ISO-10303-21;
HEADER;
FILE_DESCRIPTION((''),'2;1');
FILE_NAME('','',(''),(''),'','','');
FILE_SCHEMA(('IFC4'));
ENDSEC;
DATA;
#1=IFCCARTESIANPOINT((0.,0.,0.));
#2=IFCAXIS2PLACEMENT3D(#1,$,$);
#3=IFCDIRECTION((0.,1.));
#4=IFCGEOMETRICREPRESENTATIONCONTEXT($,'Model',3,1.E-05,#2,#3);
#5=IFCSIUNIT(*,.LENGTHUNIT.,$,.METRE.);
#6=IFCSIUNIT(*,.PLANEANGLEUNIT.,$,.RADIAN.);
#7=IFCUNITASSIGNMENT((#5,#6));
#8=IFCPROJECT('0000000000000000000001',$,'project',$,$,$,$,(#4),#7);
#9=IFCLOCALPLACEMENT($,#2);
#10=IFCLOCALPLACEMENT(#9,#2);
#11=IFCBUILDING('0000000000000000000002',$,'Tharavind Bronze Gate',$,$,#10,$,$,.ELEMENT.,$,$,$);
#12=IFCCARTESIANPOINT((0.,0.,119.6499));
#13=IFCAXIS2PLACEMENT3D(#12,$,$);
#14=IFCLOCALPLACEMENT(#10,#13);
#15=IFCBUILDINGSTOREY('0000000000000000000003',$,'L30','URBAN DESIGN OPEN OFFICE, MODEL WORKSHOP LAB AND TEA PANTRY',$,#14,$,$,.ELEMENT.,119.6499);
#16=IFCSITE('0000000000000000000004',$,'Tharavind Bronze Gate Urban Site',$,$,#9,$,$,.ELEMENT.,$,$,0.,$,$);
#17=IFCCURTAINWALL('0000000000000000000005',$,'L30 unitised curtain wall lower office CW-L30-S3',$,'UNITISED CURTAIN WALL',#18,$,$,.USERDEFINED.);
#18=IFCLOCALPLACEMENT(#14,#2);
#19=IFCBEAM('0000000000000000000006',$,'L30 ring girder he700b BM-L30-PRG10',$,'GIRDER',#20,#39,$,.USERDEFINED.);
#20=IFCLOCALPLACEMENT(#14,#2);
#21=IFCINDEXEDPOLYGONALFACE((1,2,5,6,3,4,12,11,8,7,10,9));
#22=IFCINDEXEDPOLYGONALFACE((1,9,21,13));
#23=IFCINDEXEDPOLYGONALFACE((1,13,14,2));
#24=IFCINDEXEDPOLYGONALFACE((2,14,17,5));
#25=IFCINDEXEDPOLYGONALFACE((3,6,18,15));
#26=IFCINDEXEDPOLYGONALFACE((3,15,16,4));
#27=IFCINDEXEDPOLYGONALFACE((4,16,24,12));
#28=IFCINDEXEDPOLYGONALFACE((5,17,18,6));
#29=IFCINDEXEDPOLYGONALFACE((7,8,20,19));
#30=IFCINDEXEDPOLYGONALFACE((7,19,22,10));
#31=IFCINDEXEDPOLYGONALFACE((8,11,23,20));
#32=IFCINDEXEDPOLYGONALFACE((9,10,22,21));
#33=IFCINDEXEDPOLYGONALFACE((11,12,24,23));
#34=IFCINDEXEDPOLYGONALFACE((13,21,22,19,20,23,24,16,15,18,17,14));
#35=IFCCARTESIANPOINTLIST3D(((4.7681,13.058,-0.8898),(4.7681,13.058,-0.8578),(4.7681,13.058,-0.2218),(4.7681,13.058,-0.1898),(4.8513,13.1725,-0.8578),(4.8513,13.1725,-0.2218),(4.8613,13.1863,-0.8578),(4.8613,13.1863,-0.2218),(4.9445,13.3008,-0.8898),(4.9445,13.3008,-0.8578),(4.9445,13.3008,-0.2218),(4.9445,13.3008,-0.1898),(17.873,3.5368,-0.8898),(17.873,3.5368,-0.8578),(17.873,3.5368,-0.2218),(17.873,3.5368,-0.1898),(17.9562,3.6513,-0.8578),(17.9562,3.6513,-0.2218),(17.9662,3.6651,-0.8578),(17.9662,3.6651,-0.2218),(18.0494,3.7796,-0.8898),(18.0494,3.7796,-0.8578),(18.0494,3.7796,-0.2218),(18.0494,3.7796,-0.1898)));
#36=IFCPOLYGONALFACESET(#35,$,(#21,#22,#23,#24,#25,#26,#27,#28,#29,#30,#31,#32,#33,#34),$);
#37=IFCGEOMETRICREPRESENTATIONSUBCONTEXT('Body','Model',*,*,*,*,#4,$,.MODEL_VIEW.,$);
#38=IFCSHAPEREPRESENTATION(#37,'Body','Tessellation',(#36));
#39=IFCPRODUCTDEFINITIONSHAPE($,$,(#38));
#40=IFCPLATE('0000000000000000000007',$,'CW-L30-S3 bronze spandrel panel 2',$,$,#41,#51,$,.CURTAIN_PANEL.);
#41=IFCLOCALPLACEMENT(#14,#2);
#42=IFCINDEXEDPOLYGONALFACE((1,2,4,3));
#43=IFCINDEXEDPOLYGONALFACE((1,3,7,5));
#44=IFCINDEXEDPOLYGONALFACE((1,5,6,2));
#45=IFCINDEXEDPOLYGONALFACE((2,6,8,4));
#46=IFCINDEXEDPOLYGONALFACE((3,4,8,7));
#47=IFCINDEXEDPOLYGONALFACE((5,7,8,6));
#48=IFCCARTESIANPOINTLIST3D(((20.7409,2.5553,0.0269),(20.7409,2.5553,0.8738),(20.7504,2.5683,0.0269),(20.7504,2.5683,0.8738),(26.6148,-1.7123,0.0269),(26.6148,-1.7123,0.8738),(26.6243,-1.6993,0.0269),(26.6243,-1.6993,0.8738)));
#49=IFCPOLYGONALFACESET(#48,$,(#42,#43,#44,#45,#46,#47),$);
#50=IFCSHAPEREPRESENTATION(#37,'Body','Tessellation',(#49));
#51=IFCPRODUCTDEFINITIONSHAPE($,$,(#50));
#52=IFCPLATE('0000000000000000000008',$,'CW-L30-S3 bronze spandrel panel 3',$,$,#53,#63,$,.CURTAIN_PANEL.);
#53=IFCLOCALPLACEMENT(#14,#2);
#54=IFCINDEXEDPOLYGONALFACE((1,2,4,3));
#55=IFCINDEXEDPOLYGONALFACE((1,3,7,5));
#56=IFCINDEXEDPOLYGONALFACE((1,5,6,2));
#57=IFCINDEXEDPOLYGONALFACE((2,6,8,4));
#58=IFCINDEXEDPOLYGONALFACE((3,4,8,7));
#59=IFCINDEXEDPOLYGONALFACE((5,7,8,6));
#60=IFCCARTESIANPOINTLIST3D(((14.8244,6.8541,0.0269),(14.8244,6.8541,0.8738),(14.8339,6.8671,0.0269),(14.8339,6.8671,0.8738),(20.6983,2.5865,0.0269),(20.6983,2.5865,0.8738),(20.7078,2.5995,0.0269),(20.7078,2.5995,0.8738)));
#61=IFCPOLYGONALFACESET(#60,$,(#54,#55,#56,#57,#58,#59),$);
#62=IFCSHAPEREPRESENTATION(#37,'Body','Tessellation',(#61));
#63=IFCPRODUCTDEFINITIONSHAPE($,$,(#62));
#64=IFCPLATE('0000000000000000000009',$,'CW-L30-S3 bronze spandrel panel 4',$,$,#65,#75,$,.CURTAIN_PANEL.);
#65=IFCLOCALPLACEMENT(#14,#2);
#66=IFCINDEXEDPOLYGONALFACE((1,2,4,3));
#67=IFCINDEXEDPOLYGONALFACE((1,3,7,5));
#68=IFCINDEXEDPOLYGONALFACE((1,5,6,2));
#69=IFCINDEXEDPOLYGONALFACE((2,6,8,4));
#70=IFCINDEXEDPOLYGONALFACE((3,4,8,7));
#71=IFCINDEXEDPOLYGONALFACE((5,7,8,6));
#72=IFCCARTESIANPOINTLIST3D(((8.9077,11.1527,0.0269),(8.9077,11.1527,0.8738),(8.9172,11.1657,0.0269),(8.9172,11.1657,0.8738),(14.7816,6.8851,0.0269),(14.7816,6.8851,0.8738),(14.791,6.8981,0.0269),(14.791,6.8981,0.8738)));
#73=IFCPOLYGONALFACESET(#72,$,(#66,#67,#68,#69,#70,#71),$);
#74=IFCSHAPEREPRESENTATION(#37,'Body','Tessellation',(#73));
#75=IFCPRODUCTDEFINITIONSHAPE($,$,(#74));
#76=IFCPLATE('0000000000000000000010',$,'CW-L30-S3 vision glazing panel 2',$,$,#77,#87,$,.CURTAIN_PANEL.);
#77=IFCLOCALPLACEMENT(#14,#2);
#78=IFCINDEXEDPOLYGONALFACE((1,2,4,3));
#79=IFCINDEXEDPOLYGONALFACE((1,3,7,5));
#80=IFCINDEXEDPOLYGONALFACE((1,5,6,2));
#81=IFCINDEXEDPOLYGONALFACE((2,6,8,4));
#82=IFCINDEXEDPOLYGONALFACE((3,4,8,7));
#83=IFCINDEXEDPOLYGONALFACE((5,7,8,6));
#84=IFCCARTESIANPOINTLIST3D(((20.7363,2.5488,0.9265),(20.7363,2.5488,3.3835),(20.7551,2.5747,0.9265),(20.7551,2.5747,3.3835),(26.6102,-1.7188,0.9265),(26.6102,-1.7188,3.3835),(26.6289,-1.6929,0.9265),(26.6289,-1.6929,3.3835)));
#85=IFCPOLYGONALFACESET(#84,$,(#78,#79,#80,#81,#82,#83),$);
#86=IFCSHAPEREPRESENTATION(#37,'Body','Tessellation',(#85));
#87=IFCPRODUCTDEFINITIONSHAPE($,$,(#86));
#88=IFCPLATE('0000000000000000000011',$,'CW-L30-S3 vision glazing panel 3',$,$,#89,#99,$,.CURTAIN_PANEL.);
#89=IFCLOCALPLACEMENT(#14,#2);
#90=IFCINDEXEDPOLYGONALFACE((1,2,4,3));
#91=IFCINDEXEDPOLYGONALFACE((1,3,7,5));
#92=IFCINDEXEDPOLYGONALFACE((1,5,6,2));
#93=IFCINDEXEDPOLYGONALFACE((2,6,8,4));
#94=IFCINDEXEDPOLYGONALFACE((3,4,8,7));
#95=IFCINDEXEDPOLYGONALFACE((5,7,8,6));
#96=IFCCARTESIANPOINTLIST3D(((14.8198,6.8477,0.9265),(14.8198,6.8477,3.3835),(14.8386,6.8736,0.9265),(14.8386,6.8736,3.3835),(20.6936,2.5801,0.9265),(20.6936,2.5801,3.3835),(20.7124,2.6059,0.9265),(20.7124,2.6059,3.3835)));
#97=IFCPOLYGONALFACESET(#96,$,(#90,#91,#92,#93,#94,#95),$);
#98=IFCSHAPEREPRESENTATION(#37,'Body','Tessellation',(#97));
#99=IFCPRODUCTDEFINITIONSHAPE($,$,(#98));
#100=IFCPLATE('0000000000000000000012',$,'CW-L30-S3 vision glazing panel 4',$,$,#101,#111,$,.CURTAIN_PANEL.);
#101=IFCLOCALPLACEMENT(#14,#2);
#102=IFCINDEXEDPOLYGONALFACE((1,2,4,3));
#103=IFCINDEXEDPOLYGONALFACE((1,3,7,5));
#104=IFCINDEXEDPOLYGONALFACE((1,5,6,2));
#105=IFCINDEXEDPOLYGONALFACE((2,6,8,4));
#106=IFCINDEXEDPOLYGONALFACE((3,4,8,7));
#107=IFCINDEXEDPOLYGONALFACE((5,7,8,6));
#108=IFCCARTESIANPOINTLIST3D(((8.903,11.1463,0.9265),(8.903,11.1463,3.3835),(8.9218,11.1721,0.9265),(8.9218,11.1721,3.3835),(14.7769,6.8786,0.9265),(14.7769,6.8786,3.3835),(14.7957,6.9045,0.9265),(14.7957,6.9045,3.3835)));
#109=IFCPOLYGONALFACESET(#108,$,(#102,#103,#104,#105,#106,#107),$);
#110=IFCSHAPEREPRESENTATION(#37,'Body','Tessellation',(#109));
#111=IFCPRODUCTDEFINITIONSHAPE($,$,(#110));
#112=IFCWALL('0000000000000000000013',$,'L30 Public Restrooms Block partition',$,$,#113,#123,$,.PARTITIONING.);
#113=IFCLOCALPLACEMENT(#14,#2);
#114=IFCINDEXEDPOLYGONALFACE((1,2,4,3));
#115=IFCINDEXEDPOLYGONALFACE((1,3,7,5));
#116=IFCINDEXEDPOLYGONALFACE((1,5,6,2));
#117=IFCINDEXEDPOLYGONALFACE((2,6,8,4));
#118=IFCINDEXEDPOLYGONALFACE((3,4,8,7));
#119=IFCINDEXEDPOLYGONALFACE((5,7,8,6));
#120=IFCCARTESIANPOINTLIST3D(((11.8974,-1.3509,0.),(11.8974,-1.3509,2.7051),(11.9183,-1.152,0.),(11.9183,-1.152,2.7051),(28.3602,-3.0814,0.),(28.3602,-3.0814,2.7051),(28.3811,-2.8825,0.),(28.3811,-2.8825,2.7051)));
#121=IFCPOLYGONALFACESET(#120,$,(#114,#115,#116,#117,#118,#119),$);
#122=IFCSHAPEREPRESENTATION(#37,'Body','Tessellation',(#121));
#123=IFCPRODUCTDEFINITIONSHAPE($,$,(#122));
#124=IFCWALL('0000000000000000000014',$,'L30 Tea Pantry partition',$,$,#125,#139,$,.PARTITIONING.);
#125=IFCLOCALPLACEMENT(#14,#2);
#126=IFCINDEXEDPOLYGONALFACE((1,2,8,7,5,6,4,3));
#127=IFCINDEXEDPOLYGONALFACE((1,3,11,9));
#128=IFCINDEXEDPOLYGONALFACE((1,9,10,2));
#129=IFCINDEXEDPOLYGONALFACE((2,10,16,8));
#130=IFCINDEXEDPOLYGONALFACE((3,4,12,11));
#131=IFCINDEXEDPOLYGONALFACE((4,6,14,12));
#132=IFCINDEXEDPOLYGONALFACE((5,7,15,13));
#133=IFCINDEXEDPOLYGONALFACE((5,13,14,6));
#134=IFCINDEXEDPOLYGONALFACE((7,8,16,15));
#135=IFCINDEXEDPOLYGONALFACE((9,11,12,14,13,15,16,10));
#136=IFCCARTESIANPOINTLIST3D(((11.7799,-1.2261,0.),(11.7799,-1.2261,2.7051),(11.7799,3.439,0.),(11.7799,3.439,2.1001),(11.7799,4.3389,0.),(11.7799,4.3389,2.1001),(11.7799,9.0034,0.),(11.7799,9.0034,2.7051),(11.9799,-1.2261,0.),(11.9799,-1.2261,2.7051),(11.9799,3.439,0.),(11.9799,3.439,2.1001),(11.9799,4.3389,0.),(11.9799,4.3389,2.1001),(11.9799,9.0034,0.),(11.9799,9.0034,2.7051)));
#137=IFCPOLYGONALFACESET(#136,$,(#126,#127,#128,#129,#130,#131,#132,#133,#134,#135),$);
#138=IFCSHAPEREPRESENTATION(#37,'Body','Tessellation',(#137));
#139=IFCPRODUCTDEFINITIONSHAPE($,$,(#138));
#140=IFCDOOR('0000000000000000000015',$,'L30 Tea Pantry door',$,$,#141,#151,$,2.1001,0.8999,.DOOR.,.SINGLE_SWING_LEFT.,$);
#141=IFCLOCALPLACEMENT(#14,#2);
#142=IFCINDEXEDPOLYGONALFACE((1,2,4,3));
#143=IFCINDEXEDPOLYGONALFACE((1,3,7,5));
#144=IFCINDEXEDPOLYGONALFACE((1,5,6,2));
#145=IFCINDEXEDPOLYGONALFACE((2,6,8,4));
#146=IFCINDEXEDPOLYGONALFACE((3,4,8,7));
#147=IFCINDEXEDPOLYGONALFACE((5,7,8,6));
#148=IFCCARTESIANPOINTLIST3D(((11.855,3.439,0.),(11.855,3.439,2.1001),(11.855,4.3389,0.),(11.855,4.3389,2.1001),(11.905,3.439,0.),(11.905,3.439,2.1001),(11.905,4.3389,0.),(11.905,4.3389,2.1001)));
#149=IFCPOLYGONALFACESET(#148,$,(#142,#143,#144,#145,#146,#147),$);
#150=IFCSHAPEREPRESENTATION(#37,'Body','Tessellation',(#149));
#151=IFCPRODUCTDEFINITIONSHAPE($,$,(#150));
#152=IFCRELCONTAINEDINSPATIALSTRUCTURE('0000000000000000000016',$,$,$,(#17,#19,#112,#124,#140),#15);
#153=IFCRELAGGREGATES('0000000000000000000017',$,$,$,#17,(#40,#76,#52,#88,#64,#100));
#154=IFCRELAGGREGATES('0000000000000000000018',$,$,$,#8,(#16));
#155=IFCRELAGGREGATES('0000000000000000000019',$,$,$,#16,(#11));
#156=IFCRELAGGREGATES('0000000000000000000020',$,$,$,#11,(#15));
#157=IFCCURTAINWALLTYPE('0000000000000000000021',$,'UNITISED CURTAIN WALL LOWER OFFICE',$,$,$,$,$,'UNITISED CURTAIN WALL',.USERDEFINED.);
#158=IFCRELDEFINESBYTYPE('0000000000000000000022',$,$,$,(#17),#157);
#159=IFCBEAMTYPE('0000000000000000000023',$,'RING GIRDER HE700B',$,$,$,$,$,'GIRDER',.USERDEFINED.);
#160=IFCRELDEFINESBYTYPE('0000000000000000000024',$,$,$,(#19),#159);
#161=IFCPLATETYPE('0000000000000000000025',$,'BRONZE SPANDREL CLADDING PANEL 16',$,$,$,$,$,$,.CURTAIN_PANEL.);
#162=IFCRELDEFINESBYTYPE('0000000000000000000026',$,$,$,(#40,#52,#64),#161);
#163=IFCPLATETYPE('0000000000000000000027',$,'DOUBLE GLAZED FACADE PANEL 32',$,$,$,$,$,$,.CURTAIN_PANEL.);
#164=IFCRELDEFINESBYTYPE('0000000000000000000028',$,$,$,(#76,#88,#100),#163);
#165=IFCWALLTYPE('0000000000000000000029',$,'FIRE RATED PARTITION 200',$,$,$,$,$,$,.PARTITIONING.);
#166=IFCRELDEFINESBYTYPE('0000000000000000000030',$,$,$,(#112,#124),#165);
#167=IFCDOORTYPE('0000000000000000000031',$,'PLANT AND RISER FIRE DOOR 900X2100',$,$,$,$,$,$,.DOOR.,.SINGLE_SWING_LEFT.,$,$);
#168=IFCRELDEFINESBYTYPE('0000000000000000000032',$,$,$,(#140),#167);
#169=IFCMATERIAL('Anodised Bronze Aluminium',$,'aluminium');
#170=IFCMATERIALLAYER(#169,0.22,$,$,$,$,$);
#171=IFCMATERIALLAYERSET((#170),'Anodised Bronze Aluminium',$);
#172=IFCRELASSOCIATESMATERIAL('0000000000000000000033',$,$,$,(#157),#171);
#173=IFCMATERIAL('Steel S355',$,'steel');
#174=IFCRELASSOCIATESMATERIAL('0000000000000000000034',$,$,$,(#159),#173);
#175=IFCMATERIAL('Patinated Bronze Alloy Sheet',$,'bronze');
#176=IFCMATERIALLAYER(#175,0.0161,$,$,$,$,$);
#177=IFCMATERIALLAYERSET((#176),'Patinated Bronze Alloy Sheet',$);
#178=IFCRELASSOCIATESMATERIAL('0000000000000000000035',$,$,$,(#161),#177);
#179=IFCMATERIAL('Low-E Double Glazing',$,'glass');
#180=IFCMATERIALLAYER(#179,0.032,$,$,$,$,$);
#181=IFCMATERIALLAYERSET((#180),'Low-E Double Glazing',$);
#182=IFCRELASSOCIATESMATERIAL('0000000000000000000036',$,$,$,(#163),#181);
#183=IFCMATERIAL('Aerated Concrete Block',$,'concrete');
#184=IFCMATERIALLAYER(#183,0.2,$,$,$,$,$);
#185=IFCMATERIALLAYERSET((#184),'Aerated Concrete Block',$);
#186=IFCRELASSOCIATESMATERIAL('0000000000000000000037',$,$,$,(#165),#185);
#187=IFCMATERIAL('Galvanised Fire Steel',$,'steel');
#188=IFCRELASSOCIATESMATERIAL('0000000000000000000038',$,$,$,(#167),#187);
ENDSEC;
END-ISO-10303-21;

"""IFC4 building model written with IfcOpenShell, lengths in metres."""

from ifc_helpers import new_model, si_unit, direction, frame, frame_2d, origin, origin_2d, place, context, subcontext, project, spatial, rectangle, i_section, extrude, material, layer, layer_set, material_profile, profile_set, type_object, element, fill, aggregate, save


model = new_model("IFC4")

# Units and contexts
model_context = context("Model", 3, precision=1e-05, world=origin(), true_north=direction((0.0, 1.0)))
body_context = subcontext(model_context, "Body", "Model", "MODEL_VIEW")
ifc_project = project(units=[si_unit("LENGTHUNIT", "METRE"), si_unit("PLANEANGLEUNIT", "RADIAN")], contexts=[model_context])

# Site, building, storey
site_placement = place(None, origin())
site = spatial("IfcSite", under=ifc_project, at=site_placement, Name="Tharavind Bronze Gate Urban Site", CompositionType="ELEMENT", RefElevation=0.0)
building_placement = place(site_placement, origin())
building = spatial("IfcBuilding", under=site, at=building_placement, Name="Tharavind Bronze Gate", CompositionType="ELEMENT")
storey_placement = place(building_placement, frame((0.0, 0.0, 119.6499)))
storey = spatial("IfcBuildingStorey", under=building, at=storey_placement, Name="L30", Description="URBAN DESIGN OPEN OFFICE, MODEL WORKSHOP LAB AND TEA PANTRY", CompositionType="ELEMENT", Elevation=119.6499)

# Curtain wall
ifc_material_1 = material(Name="Anodised Bronze Aluminium", Category="aluminium")
ifc_layer_1 = layer(ifc_material_1, 0.22)
ifc_layer_set_1 = layer_set([ifc_layer_1], Name="Anodised Bronze Aluminium")
curtain_wall_type = type_object("IfcCurtainWallType", Name="UNITISED CURTAIN WALL LOWER OFFICE", ElementType="UNITISED CURTAIN WALL", PredefinedType="USERDEFINED", material=ifc_layer_set_1)
curtain_wall_placement = place(storey_placement, origin())
curtain_wall = element("IfcCurtainWall", 1, at=curtain_wall_placement, inside=storey, type_object=curtain_wall_type, Name="L30 unitised curtain wall lower office CW-L30-S3", ObjectType="UNITISED CURTAIN WALL", PredefinedType="USERDEFINED")

# Beam
ifc_material_2 = material(Name="Steel S355", Category="steel")
ifc_material_profile_1 = material_profile(ifc_material_2, i_section(OverallWidth=0.3, OverallDepth=0.7, WebThickness=0.0171, FlangeThickness=0.032, at=origin_2d()), Name="HE700B")
ifc_profile_set_1 = profile_set([ifc_material_profile_1], Name="Steel S355")
beam_type_1 = type_object("IfcBeamType", Name="RING GIRDER HE700B", ElementType="GIRDER", PredefinedType="USERDEFINED", material=ifc_profile_set_1)
beam_1_placement = place(storey_placement, frame((17.9612, 3.6582, -0.5398), z_axis=(-0.80902, 0.587782, 0.0), x_axis=(-0.587782, -0.80902, 0.0)))
element("IfcBeam", 2, at=beam_1_placement, inside=storey, type_object=beam_type_1, Name="L30 ring girder he700b BM-L30-PRG10", ObjectType="GIRDER", PredefinedType="USERDEFINED", context=body_context, shape_type="SweptSolid", body=[
    extrude(i_section(OverallWidth=0.3, OverallDepth=0.7, WebThickness=0.0171, FlangeThickness=0.032, at=origin_2d()), origin(), (0.0, 0.0, 1.0), 16.1985),
])

# Plates
ifc_material_3 = material(Name="Patinated Bronze Alloy Sheet", Category="bronze")
ifc_layer_2 = layer(ifc_material_3, 0.0161)
ifc_layer_set_2 = layer_set([ifc_layer_2], Name="Patinated Bronze Alloy Sheet")
plate_type_1 = type_object("IfcPlateType", Name="BRONZE SPANDREL CLADDING PANEL 16", PredefinedType="CURTAIN_PANEL", material=ifc_layer_set_2)
plate_1_placement = place(storey_placement, frame((23.6826, 0.428, 0.0269), z_axis=(0.0, 0.0, 1.0), x_axis=(-0.809017, 0.587785, 0.0)))
plate_1 = element("IfcPlate", 3, at=plate_1_placement, type_object=plate_type_1, Name="CW-L30-S3 bronze spandrel panel 2", PredefinedType="CURTAIN_PANEL", context=body_context, shape_type="SweptSolid", body=[
    extrude(rectangle(XDim=7.2605, YDim=0.0161, at=origin_2d()), origin(), (0.0, 0.0, 1.0), 0.8469),
])
plate_2_placement = place(storey_placement, frame((17.7661, 4.7268, 0.0269), z_axis=(0.0, 0.0, 1.0), x_axis=(-0.809017, 0.587785, 0.0)))
plate_2 = element("IfcPlate", 4, at=plate_2_placement, type_object=plate_type_1, Name="CW-L30-S3 bronze spandrel panel 3", PredefinedType="CURTAIN_PANEL", context=body_context, shape_type="SweptSolid", body=[
    extrude(rectangle(XDim=7.2605, YDim=0.0161, at=origin_2d()), origin(), (0.0, 0.0, 1.0), 0.8469),
])
plate_3_placement = place(storey_placement, frame((11.8494, 9.0254, 0.0269), z_axis=(0.0, 0.0, 1.0), x_axis=(-0.809017, 0.587785, 0.0)))
plate_3 = element("IfcPlate", 5, at=plate_3_placement, type_object=plate_type_1, Name="CW-L30-S3 bronze spandrel panel 4", PredefinedType="CURTAIN_PANEL", context=body_context, shape_type="SweptSolid", body=[
    extrude(rectangle(XDim=7.2605, YDim=0.0161, at=origin_2d()), origin(), (0.0, 0.0, 1.0), 0.8469),
])
ifc_material_4 = material(Name="Low-E Double Glazing", Category="glass")
ifc_layer_3 = layer(ifc_material_4, 0.032)
ifc_layer_set_3 = layer_set([ifc_layer_3], Name="Low-E Double Glazing")
plate_type_2 = type_object("IfcPlateType", Name="DOUBLE GLAZED FACADE PANEL 32", PredefinedType="CURTAIN_PANEL", material=ifc_layer_set_3)
plate_4_placement = place(storey_placement, frame((23.6826, 0.428, 0.9265), z_axis=(0.0, 0.0, 1.0), x_axis=(-0.809017, 0.587785, 0.0)))
plate_4 = element("IfcPlate", 6, at=plate_4_placement, type_object=plate_type_2, Name="CW-L30-S3 vision glazing panel 2", PredefinedType="CURTAIN_PANEL", context=body_context, shape_type="SweptSolid", body=[
    extrude(rectangle(XDim=7.2605, YDim=0.032, at=origin_2d()), origin(), (0.0, 0.0, 1.0), 2.457),
])
plate_5_placement = place(storey_placement, frame((17.7661, 4.7268, 0.9265), z_axis=(0.0, 0.0, 1.0), x_axis=(-0.809017, 0.587785, 0.0)))
plate_5 = element("IfcPlate", 7, at=plate_5_placement, type_object=plate_type_2, Name="CW-L30-S3 vision glazing panel 3", PredefinedType="CURTAIN_PANEL", context=body_context, shape_type="SweptSolid", body=[
    extrude(rectangle(XDim=7.2605, YDim=0.032, at=origin_2d()), origin(), (0.0, 0.0, 1.0), 2.457),
])
plate_6_placement = place(storey_placement, frame((11.8494, 9.0254, 0.9265), z_axis=(0.0, 0.0, 1.0), x_axis=(-0.809017, 0.587785, 0.0)))
plate_6 = element("IfcPlate", 8, at=plate_6_placement, type_object=plate_type_2, Name="CW-L30-S3 vision glazing panel 4", PredefinedType="CURTAIN_PANEL", context=body_context, shape_type="SweptSolid", body=[
    extrude(rectangle(XDim=7.2605, YDim=0.032, at=origin_2d()), origin(), (0.0, 0.0, 1.0), 2.457),
])
aggregate(curtain_wall, [plate_1, plate_4, plate_2, plate_5, plate_3, plate_6])

# Wall
ifc_material_5 = material(Name="Aerated Concrete Block", Category="concrete")
ifc_layer_4 = layer(ifc_material_5, 0.2)
ifc_layer_set_4 = layer_set([ifc_layer_4], Name="Aerated Concrete Block")
wall_type = type_object("IfcWallType", Name="FIRE RATED PARTITION 200", PredefinedType="PARTITIONING", material=ifc_layer_set_4)
wall_1_placement = place(storey_placement, frame((11.9077, -1.2515, 0.0), z_axis=(0.0, 0.0, 1.0), x_axis=(0.994521, -0.104537, 0.0)))
element("IfcWall", 9, at=wall_1_placement, inside=storey, type_object=wall_type, Name="L30 Public Restrooms Block partition", PredefinedType="PARTITIONING", context=body_context, shape_type="SweptSolid", body=[
    extrude(rectangle(XDim=16.5535, YDim=0.2, at=frame_2d((8.2769, 0.0))), origin(), (0.0, 0.0, 1.0), 2.7051),
])

# Wall, opening, door
wall_2_placement = place(storey_placement, frame((11.8799, -1.2261, 0.0), z_axis=(0.0, 0.0, 1.0), x_axis=(0.0, 1.0, 0.0)))
wall_2 = element("IfcWall", 10, at=wall_2_placement, inside=storey, type_object=wall_type, Name="L30 Tea Pantry partition", PredefinedType="PARTITIONING", context=body_context, shape_type="SweptSolid", body=[
    extrude(rectangle(XDim=10.2295, YDim=0.2, at=frame_2d((5.1147, 0.0))), origin(), (0.0, 0.0, 1.0), 2.7051),
])
opening_placement = place(wall_2_placement, frame((4.665, 0.0, 0.0)))
opening = element("IfcOpeningElement", 11, at=opening_placement, cuts=wall_2, PredefinedType="OPENING", context=body_context, shape_type="SweptSolid", body=[
    extrude(rectangle(XDim=0.8999, YDim=2.1001, at=frame_2d((0.45, 1.05))), frame((0.0, 0.1101, 0.0), z_axis=(0.0, -1.0, 0.0), x_axis=(1.0, 0.0, 0.0)), (0.0, 0.0, 1.0), 0.22),
])
ifc_material_6 = material(Name="Galvanised Fire Steel", Category="steel")
door_type = type_object("IfcDoorType", Name="PLANT AND RISER FIRE DOOR 900X2100", OperationType="SINGLE_SWING_LEFT", PredefinedType="DOOR", material=ifc_material_6)
door_placement = place(opening_placement, origin())
door = element("IfcDoor", 12, at=door_placement, inside=storey, type_object=door_type, Name="L30 Tea Pantry door", OperationType="SINGLE_SWING_LEFT", OverallHeight=2.1001, OverallWidth=0.8999, PredefinedType="DOOR", context=body_context, shape_type="SweptSolid", body=[
    extrude(rectangle(XDim=0.8999, YDim=2.1001, at=frame_2d((0.45, 1.05))), frame((0.0, 0.0249, 0.0), z_axis=(0.0, -1.0, 0.0), x_axis=(1.0, 0.0, 0.0)), (0.0, 0.0, 1.0), 0.05),
])
fill(opening, door)

save(model, "model.ifc")
